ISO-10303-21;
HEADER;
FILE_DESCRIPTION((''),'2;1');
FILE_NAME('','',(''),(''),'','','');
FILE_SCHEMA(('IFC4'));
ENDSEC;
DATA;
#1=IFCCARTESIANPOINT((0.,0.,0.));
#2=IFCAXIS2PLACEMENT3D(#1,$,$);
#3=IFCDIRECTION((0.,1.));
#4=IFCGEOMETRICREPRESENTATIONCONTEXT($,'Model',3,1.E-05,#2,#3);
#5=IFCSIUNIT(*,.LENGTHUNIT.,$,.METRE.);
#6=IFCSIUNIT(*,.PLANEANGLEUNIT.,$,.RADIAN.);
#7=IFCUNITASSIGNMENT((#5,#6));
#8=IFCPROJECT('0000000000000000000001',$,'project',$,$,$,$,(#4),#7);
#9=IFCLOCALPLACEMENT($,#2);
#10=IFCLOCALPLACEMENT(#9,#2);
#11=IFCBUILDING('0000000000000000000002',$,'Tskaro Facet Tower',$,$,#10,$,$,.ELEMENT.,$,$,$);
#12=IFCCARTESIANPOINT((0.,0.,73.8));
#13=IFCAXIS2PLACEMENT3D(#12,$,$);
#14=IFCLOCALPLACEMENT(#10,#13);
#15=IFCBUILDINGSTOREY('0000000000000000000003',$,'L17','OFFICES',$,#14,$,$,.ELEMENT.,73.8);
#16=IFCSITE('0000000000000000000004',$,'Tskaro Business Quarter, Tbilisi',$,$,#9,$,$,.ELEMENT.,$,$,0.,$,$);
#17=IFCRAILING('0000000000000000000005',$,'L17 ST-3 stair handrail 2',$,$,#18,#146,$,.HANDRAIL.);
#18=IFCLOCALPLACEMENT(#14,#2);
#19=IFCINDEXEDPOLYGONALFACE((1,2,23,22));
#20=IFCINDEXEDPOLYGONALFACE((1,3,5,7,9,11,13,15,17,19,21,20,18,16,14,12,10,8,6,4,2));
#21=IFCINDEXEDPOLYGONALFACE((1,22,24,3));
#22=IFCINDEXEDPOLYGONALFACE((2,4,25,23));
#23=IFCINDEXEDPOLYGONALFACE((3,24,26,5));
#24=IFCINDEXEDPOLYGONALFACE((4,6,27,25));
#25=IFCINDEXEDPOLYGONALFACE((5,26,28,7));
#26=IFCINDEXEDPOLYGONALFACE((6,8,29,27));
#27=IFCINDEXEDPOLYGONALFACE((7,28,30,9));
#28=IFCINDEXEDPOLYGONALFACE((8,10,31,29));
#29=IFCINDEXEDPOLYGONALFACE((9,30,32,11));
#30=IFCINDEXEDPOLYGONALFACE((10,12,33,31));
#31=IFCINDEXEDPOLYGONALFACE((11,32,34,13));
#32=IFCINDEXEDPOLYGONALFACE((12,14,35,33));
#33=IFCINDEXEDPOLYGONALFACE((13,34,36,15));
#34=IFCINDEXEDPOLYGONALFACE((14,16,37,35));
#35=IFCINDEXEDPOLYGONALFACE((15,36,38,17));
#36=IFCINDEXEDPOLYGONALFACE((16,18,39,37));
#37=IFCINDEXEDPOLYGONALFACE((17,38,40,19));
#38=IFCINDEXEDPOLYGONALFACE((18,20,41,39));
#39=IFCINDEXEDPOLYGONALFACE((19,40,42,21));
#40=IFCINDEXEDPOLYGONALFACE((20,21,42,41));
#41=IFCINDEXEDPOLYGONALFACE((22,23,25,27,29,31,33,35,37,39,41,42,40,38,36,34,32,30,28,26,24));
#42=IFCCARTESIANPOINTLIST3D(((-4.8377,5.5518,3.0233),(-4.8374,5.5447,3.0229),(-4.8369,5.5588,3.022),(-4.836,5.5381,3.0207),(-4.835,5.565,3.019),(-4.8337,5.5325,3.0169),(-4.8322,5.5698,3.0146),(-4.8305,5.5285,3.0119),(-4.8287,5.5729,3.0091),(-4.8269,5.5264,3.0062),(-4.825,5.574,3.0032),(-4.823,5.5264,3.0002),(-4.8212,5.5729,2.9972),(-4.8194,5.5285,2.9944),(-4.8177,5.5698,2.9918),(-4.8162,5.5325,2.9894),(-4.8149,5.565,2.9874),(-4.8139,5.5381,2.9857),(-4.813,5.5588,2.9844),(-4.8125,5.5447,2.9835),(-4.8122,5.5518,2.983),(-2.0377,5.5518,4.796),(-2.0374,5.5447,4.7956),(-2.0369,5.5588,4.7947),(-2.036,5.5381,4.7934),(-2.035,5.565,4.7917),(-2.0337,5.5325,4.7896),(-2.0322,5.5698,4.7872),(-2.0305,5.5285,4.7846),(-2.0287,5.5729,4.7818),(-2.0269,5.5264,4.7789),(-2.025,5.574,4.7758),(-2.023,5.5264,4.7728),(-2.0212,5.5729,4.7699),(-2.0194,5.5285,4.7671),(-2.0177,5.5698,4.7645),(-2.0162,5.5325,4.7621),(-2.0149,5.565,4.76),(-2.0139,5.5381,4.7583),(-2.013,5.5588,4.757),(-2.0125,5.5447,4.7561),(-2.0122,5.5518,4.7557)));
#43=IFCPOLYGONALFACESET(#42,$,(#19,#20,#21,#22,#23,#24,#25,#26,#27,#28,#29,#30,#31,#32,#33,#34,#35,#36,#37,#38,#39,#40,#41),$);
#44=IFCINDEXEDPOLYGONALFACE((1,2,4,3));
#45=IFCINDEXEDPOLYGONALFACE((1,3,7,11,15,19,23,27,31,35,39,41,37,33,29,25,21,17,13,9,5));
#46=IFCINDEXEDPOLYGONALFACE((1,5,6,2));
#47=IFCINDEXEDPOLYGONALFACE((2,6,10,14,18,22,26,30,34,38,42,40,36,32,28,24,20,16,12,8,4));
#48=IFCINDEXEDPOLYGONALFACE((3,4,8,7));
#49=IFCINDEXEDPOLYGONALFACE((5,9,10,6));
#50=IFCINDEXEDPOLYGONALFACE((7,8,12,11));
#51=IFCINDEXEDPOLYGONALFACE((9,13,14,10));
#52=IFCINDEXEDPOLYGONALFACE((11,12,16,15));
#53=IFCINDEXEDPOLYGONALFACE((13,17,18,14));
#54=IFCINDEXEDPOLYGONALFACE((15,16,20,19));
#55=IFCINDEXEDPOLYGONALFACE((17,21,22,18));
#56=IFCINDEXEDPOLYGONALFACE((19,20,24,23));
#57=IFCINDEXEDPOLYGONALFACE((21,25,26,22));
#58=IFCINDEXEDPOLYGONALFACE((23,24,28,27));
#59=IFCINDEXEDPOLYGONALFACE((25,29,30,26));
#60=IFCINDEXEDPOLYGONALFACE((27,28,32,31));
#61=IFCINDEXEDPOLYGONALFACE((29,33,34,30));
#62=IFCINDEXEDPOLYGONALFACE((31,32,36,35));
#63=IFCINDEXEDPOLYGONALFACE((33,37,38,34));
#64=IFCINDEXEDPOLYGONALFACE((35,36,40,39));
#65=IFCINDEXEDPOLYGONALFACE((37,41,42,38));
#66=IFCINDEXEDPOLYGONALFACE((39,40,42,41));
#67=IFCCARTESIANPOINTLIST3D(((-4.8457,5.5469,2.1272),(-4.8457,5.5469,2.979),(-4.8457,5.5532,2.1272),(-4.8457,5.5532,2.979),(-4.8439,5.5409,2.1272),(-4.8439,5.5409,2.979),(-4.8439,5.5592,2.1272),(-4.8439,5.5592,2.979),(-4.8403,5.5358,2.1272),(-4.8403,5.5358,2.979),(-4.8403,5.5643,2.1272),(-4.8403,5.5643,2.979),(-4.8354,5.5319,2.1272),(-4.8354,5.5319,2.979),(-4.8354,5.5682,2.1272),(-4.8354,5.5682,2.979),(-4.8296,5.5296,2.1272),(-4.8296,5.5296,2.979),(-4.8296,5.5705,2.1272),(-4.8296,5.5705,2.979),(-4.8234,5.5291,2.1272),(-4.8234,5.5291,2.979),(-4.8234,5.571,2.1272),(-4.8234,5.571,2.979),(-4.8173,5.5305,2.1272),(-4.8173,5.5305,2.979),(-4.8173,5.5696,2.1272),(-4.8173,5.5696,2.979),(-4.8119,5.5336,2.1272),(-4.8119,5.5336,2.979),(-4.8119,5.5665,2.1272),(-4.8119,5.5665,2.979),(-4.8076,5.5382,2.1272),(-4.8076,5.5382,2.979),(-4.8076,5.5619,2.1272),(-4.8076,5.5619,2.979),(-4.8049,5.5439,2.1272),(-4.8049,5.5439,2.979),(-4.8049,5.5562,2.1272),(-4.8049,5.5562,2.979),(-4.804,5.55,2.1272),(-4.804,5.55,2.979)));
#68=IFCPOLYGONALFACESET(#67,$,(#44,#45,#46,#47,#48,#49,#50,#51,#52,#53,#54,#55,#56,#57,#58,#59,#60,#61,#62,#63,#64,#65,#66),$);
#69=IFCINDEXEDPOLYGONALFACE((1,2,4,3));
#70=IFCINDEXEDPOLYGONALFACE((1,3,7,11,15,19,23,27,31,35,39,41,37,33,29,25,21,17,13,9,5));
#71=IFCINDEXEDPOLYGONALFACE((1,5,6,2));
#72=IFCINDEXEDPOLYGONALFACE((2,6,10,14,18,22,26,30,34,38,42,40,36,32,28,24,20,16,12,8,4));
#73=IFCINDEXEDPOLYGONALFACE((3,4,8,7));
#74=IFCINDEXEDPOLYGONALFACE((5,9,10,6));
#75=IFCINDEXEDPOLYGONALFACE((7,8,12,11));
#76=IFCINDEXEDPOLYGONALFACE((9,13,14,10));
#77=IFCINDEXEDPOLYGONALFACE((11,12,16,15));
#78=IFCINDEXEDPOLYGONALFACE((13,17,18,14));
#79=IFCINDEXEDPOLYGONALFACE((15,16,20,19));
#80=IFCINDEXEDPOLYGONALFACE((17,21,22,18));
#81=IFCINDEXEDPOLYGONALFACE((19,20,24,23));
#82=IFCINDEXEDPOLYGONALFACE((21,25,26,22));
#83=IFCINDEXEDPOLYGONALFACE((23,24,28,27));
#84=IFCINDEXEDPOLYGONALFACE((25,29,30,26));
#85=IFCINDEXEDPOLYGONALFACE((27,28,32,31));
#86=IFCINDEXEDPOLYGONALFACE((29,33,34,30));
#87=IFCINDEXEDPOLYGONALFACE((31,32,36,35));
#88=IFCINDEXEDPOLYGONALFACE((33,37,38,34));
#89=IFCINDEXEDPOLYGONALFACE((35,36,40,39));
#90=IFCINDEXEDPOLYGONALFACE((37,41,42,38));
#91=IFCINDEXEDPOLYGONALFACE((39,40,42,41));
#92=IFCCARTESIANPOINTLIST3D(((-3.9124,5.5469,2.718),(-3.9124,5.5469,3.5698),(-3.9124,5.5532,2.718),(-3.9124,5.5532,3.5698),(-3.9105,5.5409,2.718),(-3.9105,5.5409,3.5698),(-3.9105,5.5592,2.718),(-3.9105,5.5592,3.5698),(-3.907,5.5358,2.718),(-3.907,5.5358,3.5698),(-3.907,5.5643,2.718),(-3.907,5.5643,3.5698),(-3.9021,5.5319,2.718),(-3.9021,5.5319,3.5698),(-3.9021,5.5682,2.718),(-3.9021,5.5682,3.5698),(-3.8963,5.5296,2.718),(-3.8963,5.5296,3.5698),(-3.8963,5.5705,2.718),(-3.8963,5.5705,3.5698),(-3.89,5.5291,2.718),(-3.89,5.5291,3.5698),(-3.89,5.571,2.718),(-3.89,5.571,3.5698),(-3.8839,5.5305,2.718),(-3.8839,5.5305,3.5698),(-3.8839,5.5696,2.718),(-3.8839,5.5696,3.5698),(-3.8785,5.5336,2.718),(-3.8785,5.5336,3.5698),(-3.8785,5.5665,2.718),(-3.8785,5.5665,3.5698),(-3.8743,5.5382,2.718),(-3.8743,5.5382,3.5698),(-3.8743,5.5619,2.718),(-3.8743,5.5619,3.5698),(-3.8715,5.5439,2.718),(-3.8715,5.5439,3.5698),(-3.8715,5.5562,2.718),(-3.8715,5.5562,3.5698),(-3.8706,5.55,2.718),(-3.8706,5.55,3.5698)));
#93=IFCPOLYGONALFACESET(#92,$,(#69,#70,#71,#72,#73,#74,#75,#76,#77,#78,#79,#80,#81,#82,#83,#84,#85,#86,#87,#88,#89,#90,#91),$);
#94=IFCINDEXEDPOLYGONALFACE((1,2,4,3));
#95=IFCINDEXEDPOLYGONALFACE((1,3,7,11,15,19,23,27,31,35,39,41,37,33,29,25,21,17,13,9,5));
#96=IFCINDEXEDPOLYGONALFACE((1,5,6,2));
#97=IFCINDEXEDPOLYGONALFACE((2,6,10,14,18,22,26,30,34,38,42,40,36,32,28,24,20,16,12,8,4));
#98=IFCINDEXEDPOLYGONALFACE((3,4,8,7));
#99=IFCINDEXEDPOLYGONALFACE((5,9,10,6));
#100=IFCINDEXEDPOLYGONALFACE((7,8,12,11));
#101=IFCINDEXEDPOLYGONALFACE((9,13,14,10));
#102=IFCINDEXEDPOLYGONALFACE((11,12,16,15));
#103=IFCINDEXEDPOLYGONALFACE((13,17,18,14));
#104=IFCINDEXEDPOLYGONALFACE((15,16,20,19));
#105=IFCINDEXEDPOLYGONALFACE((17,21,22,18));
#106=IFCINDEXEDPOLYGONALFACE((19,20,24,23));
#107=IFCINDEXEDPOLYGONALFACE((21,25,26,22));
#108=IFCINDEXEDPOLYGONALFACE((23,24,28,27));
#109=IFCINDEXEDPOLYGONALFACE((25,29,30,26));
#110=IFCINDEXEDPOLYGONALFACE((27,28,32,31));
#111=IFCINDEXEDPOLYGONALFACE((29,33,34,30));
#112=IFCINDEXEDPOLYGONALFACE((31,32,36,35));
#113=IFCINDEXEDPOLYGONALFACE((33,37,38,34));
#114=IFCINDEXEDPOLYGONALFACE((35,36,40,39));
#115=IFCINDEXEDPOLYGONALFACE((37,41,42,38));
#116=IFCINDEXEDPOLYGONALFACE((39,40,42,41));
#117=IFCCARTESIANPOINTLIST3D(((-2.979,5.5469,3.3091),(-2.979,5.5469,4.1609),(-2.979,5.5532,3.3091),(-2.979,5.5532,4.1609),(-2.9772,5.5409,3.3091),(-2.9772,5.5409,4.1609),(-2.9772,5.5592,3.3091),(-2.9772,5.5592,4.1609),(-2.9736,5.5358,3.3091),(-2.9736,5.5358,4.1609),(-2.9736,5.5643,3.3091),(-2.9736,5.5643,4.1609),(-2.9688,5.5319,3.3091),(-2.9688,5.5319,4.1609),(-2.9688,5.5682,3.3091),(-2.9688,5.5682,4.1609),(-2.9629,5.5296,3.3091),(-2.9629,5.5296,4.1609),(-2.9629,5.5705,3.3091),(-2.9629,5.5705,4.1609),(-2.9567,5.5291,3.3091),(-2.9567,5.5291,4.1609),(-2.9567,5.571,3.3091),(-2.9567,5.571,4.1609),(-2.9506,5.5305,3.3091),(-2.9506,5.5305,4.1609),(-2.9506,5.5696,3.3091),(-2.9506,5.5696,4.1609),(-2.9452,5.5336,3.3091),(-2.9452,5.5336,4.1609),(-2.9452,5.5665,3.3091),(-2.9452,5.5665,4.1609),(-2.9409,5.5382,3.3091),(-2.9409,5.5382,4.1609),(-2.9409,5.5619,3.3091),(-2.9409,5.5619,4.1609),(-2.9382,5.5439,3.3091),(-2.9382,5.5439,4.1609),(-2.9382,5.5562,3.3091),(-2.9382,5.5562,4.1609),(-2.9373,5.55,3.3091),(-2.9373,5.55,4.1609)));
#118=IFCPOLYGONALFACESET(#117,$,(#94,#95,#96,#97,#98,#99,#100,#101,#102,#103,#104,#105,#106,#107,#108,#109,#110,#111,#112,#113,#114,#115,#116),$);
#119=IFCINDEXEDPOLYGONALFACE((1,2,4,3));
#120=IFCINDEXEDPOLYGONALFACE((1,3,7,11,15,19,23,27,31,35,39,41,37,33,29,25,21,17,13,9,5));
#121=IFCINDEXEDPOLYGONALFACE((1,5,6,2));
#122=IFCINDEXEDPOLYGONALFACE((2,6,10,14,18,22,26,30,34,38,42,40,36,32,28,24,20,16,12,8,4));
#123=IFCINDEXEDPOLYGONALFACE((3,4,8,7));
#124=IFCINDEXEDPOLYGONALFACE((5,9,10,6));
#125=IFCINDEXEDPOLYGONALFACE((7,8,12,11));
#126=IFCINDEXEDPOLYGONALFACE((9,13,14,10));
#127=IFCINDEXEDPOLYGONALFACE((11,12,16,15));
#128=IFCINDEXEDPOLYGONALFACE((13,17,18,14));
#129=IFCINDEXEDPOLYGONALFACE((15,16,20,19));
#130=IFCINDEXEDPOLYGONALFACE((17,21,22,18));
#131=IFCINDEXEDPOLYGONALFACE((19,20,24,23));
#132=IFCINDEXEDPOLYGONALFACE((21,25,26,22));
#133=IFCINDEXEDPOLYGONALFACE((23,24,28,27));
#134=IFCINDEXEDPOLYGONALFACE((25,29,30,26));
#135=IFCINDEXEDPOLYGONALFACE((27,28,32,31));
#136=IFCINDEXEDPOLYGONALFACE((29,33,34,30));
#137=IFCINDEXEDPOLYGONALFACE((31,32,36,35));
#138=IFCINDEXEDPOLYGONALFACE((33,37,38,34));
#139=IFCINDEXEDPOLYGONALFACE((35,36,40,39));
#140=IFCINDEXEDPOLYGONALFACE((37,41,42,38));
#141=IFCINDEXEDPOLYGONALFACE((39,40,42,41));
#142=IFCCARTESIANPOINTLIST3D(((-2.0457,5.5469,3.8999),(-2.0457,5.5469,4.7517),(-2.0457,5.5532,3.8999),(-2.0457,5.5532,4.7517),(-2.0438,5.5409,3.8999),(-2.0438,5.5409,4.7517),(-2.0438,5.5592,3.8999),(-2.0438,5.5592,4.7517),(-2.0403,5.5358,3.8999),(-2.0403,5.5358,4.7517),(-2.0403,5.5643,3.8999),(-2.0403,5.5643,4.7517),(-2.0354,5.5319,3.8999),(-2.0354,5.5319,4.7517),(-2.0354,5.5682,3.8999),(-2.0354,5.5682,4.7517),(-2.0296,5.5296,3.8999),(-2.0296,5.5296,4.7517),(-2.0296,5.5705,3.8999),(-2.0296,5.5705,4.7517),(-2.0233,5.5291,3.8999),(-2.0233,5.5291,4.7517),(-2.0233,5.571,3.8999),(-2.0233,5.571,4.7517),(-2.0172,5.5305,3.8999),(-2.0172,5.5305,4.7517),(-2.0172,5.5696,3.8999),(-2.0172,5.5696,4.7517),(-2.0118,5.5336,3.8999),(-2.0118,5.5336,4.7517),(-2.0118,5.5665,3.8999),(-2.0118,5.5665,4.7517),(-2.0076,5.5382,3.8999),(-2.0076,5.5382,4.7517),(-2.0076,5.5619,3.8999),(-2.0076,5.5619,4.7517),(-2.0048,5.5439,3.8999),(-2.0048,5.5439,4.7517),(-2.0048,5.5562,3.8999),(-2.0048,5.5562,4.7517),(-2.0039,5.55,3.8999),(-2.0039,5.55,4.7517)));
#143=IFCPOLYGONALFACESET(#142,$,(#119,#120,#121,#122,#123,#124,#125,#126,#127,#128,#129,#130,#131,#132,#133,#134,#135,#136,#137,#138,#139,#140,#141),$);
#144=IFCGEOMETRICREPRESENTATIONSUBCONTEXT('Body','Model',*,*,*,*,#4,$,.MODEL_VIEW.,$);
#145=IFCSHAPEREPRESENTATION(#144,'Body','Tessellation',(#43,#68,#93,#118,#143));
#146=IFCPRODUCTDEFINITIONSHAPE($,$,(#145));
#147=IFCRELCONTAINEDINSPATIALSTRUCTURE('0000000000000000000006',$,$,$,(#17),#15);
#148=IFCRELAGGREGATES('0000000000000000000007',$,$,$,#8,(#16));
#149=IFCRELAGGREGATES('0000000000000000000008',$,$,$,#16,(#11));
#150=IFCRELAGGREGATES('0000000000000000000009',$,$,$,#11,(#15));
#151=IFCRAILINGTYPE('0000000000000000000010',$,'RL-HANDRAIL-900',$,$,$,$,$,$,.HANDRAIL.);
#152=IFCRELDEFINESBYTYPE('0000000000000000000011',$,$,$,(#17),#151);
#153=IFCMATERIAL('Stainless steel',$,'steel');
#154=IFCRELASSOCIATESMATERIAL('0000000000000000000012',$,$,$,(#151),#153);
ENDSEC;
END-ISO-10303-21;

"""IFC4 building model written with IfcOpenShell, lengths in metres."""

from ifc_helpers import new_model, si_unit, direction, frame, origin, origin_2d, place, context, subcontext, project, spatial, circle, extrude, material, type_object, element, save


model = new_model("IFC4")

# Units and contexts
model_context = context("Model", 3, precision=1e-05, world=origin(), true_north=direction((0.0, 1.0)))
body_context = subcontext(model_context, "Body", "Model", "MODEL_VIEW")
ifc_project = project(units=[si_unit("LENGTHUNIT", "METRE"), si_unit("PLANEANGLEUNIT", "RADIAN")], contexts=[model_context])

# Site, building, storey
site_placement = place(None, origin())
site = spatial("IfcSite", under=ifc_project, at=site_placement, Name="Tskaro Business Quarter, Tbilisi", CompositionType="ELEMENT", RefElevation=0.0)
building_placement = place(site_placement, origin())
building = spatial("IfcBuilding", under=site, at=building_placement, Name="Tskaro Facet Tower", CompositionType="ELEMENT")
storey_placement = place(building_placement, frame((0.0, 0.0, 73.8)))
storey = spatial("IfcBuildingStorey", under=building, at=storey_placement, Name="L17", Description="OFFICES", CompositionType="ELEMENT", Elevation=73.8)

# Railing
ifc_material_1 = material(Name="Stainless steel", Category="steel")
railing_type_1 = type_object("IfcRailingType", Name="RL-HANDRAIL-900", PredefinedType="HANDRAIL", material=ifc_material_1)
railing_1_placement = place(storey_placement, frame((-4.825, 5.55, 2.1272)))
element("IfcRailing", 1, at=railing_1_placement, inside=storey, type_object=railing_type_1, Name="L17 ST-3 stair handrail 2", PredefinedType="HANDRAIL", context=body_context, shape_type="SweptSolid", body=[
    extrude(circle(Radius=0.0239, at=origin_2d()), frame((0.0, 0.0, 0.876), z_axis=(0.844909, 0.0, 0.53491), x_axis=(0.0, 1.0, 0.0)), (0.0, 0.0, 1.0), 3.314),
    extrude(circle(Radius=0.021, at=origin_2d()), origin(), (0.0, 0.0, 1.0), 0.8518),
    extrude(circle(Radius=0.021, at=origin_2d()), frame((0.9333, 0.0, 0.5908)), (0.0, 0.0, 1.0), 0.8518),
    extrude(circle(Radius=0.021, at=origin_2d()), frame((1.8667, 0.0, 1.1819)), (0.0, 0.0, 1.0), 0.8518),
    extrude(circle(Radius=0.021, at=origin_2d()), frame((2.8, 0.0, 1.7727)), (0.0, 0.0, 1.0), 0.8518),
])

save(model, "model.ifc")
